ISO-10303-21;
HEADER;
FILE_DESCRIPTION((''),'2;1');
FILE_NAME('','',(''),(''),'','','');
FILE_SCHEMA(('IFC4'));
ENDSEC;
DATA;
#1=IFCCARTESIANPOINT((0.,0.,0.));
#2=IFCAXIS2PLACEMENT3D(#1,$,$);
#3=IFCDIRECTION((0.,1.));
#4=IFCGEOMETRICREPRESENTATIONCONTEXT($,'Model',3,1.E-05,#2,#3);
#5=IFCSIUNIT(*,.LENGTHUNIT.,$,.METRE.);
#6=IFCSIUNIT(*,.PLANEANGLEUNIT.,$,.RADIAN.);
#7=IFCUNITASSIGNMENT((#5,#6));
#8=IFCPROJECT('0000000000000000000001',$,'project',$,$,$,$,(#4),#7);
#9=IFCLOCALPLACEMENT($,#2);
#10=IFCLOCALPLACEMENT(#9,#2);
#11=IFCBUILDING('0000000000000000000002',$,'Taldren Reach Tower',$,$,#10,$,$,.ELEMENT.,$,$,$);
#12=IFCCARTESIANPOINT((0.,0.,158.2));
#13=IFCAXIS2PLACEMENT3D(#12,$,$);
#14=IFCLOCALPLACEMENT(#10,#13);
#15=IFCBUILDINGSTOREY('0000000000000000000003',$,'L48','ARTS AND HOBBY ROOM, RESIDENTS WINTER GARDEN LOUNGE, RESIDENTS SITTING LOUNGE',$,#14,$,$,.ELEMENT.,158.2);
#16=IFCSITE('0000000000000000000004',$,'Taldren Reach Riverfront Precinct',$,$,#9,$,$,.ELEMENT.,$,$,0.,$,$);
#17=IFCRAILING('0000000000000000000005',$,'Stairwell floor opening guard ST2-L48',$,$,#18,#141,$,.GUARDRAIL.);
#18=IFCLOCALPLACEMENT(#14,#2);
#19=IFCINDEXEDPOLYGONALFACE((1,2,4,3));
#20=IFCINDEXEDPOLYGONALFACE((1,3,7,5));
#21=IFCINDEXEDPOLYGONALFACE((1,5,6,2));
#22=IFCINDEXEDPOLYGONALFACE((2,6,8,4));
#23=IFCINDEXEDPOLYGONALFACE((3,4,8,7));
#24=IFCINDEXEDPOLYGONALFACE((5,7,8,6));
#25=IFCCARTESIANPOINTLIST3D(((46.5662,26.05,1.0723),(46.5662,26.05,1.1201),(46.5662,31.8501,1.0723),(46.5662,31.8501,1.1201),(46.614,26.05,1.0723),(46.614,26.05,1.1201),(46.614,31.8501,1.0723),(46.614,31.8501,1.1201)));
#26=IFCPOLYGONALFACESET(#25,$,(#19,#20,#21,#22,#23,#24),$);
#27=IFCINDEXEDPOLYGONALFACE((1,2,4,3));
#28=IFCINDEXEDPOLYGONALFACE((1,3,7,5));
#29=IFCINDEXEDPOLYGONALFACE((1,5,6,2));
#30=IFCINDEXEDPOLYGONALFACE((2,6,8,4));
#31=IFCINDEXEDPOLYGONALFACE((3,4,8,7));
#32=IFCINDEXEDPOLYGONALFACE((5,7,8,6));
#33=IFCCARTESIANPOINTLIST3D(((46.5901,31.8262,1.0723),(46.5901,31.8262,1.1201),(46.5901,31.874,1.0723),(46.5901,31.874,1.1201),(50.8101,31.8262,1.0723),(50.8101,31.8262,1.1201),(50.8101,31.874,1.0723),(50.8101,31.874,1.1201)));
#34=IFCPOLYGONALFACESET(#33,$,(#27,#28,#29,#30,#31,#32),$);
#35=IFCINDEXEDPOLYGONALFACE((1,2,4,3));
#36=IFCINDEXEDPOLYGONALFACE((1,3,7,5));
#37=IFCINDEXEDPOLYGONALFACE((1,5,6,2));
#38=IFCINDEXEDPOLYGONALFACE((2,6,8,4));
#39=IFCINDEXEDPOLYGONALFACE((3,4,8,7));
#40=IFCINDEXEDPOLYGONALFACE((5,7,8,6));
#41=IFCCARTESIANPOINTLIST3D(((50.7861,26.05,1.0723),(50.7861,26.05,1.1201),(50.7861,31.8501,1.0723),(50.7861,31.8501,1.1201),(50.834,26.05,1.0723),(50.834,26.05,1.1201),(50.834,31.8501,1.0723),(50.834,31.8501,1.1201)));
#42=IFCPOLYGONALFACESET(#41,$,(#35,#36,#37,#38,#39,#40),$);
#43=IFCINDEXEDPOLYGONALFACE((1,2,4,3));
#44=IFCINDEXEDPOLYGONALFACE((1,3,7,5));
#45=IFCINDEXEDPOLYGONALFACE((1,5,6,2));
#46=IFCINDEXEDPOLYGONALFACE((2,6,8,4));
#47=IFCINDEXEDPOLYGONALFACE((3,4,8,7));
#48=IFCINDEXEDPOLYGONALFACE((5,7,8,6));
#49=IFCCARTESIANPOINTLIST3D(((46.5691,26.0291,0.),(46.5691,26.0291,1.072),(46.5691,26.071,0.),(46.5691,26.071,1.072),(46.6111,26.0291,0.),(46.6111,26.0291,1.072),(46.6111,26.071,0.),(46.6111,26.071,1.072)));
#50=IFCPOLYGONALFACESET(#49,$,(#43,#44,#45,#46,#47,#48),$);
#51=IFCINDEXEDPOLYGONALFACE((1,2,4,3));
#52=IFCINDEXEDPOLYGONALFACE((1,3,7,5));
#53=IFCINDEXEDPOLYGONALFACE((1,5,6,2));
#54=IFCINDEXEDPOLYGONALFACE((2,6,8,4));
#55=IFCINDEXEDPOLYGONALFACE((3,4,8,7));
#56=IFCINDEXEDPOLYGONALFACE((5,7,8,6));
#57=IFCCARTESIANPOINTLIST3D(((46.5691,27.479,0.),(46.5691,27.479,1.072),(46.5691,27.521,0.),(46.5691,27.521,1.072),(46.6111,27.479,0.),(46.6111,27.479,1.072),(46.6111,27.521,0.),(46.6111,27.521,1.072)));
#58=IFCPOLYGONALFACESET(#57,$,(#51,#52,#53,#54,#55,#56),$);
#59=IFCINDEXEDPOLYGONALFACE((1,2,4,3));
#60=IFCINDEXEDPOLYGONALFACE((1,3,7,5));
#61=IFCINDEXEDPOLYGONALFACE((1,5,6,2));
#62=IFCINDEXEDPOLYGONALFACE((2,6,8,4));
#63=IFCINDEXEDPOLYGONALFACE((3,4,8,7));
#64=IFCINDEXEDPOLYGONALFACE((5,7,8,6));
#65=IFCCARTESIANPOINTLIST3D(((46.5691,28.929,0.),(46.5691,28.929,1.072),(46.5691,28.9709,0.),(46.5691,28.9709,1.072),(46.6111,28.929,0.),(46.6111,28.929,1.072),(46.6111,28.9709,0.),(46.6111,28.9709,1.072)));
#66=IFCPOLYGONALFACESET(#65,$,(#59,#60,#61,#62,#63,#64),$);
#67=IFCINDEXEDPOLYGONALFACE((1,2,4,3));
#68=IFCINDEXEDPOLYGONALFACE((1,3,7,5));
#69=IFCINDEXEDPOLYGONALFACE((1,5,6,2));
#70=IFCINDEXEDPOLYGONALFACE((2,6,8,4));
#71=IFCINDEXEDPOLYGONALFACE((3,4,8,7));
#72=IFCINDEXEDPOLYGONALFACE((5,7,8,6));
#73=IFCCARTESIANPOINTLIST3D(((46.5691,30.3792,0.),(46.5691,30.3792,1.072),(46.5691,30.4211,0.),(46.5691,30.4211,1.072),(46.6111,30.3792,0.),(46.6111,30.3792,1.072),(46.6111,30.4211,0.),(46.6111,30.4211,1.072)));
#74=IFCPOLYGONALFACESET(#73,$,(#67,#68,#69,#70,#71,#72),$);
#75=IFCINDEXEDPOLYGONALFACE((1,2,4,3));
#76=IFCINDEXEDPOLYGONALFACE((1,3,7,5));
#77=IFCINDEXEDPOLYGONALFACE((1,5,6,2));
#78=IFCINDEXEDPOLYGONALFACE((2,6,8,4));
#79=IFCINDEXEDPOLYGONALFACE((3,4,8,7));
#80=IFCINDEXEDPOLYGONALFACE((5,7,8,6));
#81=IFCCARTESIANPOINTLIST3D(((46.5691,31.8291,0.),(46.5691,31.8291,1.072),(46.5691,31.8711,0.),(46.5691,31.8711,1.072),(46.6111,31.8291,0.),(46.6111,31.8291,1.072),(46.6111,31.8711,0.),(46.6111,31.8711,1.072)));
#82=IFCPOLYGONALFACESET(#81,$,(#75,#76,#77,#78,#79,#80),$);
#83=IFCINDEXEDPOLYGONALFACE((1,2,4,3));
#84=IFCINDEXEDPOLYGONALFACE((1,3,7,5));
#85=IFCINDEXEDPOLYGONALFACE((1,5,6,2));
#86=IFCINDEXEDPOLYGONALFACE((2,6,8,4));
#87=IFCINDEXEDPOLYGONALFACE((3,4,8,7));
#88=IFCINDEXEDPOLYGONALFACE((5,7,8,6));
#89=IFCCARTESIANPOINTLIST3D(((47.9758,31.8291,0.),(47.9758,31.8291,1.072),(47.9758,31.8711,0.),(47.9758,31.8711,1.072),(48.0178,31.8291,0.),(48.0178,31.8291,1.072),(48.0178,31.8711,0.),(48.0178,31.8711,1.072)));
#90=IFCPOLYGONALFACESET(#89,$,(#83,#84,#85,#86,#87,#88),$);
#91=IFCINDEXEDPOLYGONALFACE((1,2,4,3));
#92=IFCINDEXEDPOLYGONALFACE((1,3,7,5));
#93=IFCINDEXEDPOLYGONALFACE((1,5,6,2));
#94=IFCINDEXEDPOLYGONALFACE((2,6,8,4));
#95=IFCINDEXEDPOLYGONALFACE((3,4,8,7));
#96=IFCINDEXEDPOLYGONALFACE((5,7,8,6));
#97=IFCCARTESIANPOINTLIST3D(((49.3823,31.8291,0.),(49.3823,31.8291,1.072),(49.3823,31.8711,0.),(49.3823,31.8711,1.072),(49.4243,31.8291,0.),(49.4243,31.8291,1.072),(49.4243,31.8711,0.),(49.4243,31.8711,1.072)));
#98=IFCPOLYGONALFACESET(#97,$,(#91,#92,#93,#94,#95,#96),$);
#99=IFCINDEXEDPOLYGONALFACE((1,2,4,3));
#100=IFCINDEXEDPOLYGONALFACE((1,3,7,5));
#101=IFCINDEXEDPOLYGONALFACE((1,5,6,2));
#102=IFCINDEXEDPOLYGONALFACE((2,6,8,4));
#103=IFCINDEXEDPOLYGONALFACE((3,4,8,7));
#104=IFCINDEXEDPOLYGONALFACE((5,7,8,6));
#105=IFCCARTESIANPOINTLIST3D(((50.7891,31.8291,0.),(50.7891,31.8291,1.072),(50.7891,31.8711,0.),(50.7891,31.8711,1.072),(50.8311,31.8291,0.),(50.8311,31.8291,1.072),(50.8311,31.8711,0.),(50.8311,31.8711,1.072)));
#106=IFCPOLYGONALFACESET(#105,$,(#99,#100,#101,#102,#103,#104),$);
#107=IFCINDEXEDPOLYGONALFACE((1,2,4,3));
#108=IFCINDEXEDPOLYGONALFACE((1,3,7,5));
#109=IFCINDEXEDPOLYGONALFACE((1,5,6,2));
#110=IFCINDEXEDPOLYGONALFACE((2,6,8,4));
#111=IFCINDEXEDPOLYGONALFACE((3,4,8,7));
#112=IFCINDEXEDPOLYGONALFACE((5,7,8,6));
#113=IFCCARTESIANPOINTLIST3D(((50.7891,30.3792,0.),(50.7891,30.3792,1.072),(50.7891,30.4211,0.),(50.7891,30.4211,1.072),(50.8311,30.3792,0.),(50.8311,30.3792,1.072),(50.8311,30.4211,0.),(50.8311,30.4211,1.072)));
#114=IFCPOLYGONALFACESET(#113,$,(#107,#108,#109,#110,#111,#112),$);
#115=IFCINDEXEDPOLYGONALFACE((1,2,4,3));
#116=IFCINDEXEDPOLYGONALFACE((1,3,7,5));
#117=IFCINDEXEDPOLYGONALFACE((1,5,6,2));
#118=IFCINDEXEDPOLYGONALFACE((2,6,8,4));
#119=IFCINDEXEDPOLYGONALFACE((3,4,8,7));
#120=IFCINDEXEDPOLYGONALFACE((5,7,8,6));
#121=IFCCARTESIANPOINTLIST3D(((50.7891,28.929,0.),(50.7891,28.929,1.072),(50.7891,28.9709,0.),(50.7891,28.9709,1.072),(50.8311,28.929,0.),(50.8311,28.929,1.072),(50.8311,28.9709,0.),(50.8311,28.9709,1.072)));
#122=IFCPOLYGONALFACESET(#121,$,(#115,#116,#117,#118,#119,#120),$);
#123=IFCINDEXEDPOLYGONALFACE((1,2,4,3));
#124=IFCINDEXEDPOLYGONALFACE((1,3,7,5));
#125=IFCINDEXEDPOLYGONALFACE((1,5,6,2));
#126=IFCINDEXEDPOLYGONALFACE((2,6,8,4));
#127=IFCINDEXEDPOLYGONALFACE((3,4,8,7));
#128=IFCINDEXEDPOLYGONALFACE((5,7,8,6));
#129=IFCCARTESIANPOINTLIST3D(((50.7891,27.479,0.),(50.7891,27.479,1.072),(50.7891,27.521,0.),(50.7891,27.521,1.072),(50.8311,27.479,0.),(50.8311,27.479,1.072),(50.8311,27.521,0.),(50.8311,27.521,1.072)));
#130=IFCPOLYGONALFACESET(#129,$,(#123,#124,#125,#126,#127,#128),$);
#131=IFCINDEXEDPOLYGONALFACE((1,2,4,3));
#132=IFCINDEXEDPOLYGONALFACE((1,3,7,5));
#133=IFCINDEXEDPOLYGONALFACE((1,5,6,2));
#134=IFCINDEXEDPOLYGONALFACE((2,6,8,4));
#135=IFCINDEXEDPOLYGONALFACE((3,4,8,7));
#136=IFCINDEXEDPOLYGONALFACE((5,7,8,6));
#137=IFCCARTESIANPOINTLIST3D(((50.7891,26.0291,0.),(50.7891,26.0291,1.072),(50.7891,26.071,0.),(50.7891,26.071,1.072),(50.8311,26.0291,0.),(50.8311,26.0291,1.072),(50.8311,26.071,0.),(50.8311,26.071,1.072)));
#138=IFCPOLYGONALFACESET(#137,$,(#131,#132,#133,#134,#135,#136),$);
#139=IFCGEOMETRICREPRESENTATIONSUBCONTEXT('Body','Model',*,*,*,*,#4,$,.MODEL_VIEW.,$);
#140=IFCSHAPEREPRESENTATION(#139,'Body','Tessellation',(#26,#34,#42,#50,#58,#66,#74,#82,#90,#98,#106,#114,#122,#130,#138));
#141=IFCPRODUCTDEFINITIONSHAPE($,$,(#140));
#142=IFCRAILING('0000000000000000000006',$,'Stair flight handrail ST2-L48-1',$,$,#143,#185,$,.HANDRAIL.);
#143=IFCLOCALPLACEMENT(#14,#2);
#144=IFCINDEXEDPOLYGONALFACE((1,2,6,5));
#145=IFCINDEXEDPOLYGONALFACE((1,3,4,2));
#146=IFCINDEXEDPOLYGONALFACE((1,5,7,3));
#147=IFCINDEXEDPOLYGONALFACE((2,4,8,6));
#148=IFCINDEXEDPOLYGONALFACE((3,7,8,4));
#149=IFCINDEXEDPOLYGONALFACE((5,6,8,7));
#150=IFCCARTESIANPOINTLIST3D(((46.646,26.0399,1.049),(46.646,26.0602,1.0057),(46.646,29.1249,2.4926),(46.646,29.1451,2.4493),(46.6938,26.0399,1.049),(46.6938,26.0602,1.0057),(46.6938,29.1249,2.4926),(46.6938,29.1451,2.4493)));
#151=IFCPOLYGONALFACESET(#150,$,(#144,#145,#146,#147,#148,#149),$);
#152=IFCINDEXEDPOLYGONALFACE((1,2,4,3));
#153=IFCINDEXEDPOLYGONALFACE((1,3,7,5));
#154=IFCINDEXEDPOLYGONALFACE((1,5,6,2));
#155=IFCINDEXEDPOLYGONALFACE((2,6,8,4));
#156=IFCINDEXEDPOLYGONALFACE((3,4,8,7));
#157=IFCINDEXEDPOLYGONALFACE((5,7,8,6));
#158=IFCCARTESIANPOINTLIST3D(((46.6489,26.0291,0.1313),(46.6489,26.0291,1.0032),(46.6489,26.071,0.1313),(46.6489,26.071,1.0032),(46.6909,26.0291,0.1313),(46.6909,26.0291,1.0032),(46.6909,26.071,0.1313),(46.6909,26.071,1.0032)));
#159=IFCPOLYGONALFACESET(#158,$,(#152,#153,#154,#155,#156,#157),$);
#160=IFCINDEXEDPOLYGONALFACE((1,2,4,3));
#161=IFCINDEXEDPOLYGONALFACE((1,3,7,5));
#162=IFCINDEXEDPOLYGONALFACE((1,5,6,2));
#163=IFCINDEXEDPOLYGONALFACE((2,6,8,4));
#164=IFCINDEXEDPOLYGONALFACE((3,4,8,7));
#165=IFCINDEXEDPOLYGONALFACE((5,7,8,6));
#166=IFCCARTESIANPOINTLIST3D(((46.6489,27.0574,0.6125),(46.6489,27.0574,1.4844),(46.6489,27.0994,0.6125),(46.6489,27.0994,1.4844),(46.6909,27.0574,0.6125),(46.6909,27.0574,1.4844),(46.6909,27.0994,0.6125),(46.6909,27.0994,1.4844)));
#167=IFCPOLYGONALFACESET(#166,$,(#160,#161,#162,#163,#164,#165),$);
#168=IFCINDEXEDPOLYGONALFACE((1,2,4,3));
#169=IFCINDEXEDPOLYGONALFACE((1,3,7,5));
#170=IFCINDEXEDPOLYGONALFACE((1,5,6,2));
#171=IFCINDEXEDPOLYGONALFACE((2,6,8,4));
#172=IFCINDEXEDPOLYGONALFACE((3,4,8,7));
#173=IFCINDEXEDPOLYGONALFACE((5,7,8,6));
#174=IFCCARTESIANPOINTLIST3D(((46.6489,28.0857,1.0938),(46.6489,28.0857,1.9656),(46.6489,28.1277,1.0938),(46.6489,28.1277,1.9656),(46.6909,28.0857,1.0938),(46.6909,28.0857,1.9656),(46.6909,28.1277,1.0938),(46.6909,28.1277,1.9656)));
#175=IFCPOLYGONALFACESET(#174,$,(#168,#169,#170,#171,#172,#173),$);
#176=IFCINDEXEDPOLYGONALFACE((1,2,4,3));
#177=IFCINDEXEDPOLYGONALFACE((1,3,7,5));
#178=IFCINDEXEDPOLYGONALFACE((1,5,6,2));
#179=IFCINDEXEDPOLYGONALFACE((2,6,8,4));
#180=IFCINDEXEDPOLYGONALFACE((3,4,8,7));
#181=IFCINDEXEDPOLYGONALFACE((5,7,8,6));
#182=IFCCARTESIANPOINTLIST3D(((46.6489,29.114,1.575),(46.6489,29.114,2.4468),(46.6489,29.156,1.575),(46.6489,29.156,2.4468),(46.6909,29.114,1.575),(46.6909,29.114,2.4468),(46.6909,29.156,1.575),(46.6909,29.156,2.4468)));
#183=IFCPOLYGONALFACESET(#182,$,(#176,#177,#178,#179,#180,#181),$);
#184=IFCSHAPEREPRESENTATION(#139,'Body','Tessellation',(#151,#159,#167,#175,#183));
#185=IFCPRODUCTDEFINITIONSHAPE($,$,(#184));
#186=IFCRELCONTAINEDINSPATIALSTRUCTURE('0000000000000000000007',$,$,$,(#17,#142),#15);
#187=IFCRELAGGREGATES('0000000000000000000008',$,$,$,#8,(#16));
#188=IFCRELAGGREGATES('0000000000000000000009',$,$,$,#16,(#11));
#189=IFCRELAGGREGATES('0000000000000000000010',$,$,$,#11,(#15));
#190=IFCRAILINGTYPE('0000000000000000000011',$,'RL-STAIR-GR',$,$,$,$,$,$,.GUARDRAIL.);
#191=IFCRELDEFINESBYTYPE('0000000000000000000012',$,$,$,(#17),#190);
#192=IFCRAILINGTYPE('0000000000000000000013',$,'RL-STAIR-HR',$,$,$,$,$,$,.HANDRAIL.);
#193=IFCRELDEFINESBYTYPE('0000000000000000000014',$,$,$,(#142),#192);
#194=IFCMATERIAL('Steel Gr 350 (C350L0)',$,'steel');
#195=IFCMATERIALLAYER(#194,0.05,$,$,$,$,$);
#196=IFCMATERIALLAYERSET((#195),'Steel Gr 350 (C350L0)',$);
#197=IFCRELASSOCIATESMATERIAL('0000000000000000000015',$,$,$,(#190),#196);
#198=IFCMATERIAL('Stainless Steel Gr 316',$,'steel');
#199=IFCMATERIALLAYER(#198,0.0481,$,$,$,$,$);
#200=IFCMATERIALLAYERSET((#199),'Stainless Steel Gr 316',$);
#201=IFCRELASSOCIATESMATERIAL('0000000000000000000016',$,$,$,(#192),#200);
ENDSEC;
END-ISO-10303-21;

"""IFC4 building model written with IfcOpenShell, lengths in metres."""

from ifc_helpers import new_model, si_unit, direction, frame, origin, origin_2d, place, context, subcontext, project, spatial, rectangle, extrude, material, layer, layer_set, type_object, element, save


model = new_model("IFC4")

# Units and contexts
model_context = context("Model", 3, precision=1e-05, world=origin(), true_north=direction((0.0, 1.0)))
body_context = subcontext(model_context, "Body", "Model", "MODEL_VIEW")
ifc_project = project(units=[si_unit("LENGTHUNIT", "METRE"), si_unit("PLANEANGLEUNIT", "RADIAN")], contexts=[model_context])

# Site, building, storey
site_placement = place(None, origin())
site = spatial("IfcSite", under=ifc_project, at=site_placement, Name="Taldren Reach Riverfront Precinct", CompositionType="ELEMENT", RefElevation=0.0)
building_placement = place(site_placement, origin())
building = spatial("IfcBuilding", under=site, at=building_placement, Name="Taldren Reach Tower", CompositionType="ELEMENT")
storey_placement = place(building_placement, frame((0.0, 0.0, 158.2)))
storey = spatial("IfcBuildingStorey", under=building, at=storey_placement, Name="L48", Description="ARTS AND HOBBY ROOM, RESIDENTS WINTER GARDEN LOUNGE, RESIDENTS SITTING LOUNGE", CompositionType="ELEMENT", Elevation=158.2)

# Shared definitions
ifc_material_1 = material(Name="Steel Gr 350 (C350L0)", Category="steel")

# Railings
ifc_layer_1 = layer(ifc_material_1, 0.05)
ifc_layer_set_1 = layer_set([ifc_layer_1], Name="Steel Gr 350 (C350L0)")
railing_type_1 = type_object("IfcRailingType", Name="RL-STAIR-GR", PredefinedType="GUARDRAIL", material=ifc_layer_set_1)
railing_1_placement = place(storey_placement, frame((46.5901, 26.05, 0.0)))
element("IfcRailing", 1, at=railing_1_placement, inside=storey, type_object=railing_type_1, Name="Stairwell floor opening guard ST2-L48", PredefinedType="GUARDRAIL", context=body_context, shape_type="SweptSolid", body=[
    extrude(rectangle(XDim=0.0479, YDim=0.0479, at=origin_2d()), frame((0.0, 0.0, 1.0962), z_axis=(0.0, 1.0, 0.0), x_axis=(-1.0, 0.0, 0.0)), (0.0, 0.0, 1.0), 5.8),
    extrude(rectangle(XDim=0.0479, YDim=0.0479, at=origin_2d()), frame((0.0, 5.8, 1.0962), z_axis=(1.0, 0.0, 0.0), x_axis=(0.0, 1.0, 0.0)), (0.0, 0.0, 1.0), 4.22),
    extrude(rectangle(XDim=0.0479, YDim=0.0479, at=origin_2d()), frame((4.22, 5.8, 1.0962), z_axis=(0.0, -1.0, 0.0), x_axis=(1.0, 0.0, 0.0)), (0.0, 0.0, 1.0), 5.8),
    extrude(rectangle(XDim=0.042, YDim=0.042, at=origin_2d()), origin(), (0.0, 0.0, 1.0), 1.072),
    extrude(rectangle(XDim=0.042, YDim=0.042, at=origin_2d()), frame((0.0, 1.45, 0.0)), (0.0, 0.0, 1.0), 1.072),
    extrude(rectangle(XDim=0.042, YDim=0.042, at=origin_2d()), frame((0.0, 2.8999, 0.0)), (0.0, 0.0, 1.0), 1.072),
    extrude(rectangle(XDim=0.042, YDim=0.042, at=origin_2d()), frame((0.0, 4.3501, 0.0)), (0.0, 0.0, 1.0), 1.072),
    extrude(rectangle(XDim=0.042, YDim=0.042, at=origin_2d()), frame((0.0, 5.8, 0.0)), (0.0, 0.0, 1.0), 1.072),
    extrude(rectangle(XDim=0.042, YDim=0.042, at=origin_2d()), frame((1.4067, 5.8, 0.0)), (0.0, 0.0, 1.0), 1.072),
    extrude(rectangle(XDim=0.042, YDim=0.042, at=origin_2d()), frame((2.8132, 5.8, 0.0)), (0.0, 0.0, 1.0), 1.072),
    extrude(rectangle(XDim=0.042, YDim=0.042, at=origin_2d()), frame((4.22, 5.8, 0.0)), (0.0, 0.0, 1.0), 1.072),
    extrude(rectangle(XDim=0.042, YDim=0.042, at=origin_2d()), frame((4.22, 4.3501, 0.0)), (0.0, 0.0, 1.0), 1.072),
    extrude(rectangle(XDim=0.042, YDim=0.042, at=origin_2d()), frame((4.22, 2.8999, 0.0)), (0.0, 0.0, 1.0), 1.072),
    extrude(rectangle(XDim=0.042, YDim=0.042, at=origin_2d()), frame((4.22, 1.45, 0.0)), (0.0, 0.0, 1.0), 1.072),
    extrude(rectangle(XDim=0.042, YDim=0.042, at=origin_2d()), frame((4.22, 0.0, 0.0)), (0.0, 0.0, 1.0), 1.072),
])
ifc_material_2 = material(Name="Stainless Steel Gr 316", Category="steel")
ifc_layer_2 = layer(ifc_material_2, 0.0481)
ifc_layer_set_2 = layer_set([ifc_layer_2], Name="Stainless Steel Gr 316")
railing_type_2 = type_object("IfcRailingType", Name="RL-STAIR-HR", PredefinedType="HANDRAIL", material=ifc_layer_set_2)
railing_2_placement = place(storey_placement, frame((46.6699, 26.05, 0.1313)))
element("IfcRailing", 2, at=railing_2_placement, inside=storey, type_object=railing_type_2, Name="Stair flight handrail ST2-L48-1", PredefinedType="HANDRAIL", context=body_context, shape_type="SweptSolid", body=[
    extrude(rectangle(XDim=0.0479, YDim=0.0479, at=origin_2d()), frame((0.0, 0.0, 0.896), z_axis=(0.0, 0.905738, 0.423839), x_axis=(-1.0, 0.0, 0.0)), (0.0, 0.0, 1.0), 3.406),
    extrude(rectangle(XDim=0.042, YDim=0.042, at=origin_2d()), origin(), (0.0, 0.0, 1.0), 0.8718),
    extrude(rectangle(XDim=0.042, YDim=0.042, at=origin_2d()), frame((0.0, 1.0283, 0.4812)), (0.0, 0.0, 1.0), 0.8718),
    extrude(rectangle(XDim=0.042, YDim=0.042, at=origin_2d()), frame((0.0, 2.0566, 0.9624)), (0.0, 0.0, 1.0), 0.8718),
    extrude(rectangle(XDim=0.042, YDim=0.042, at=origin_2d()), frame((0.0, 3.085, 1.4436)), (0.0, 0.0, 1.0), 0.8718),
])

save(model, "model.ifc")
